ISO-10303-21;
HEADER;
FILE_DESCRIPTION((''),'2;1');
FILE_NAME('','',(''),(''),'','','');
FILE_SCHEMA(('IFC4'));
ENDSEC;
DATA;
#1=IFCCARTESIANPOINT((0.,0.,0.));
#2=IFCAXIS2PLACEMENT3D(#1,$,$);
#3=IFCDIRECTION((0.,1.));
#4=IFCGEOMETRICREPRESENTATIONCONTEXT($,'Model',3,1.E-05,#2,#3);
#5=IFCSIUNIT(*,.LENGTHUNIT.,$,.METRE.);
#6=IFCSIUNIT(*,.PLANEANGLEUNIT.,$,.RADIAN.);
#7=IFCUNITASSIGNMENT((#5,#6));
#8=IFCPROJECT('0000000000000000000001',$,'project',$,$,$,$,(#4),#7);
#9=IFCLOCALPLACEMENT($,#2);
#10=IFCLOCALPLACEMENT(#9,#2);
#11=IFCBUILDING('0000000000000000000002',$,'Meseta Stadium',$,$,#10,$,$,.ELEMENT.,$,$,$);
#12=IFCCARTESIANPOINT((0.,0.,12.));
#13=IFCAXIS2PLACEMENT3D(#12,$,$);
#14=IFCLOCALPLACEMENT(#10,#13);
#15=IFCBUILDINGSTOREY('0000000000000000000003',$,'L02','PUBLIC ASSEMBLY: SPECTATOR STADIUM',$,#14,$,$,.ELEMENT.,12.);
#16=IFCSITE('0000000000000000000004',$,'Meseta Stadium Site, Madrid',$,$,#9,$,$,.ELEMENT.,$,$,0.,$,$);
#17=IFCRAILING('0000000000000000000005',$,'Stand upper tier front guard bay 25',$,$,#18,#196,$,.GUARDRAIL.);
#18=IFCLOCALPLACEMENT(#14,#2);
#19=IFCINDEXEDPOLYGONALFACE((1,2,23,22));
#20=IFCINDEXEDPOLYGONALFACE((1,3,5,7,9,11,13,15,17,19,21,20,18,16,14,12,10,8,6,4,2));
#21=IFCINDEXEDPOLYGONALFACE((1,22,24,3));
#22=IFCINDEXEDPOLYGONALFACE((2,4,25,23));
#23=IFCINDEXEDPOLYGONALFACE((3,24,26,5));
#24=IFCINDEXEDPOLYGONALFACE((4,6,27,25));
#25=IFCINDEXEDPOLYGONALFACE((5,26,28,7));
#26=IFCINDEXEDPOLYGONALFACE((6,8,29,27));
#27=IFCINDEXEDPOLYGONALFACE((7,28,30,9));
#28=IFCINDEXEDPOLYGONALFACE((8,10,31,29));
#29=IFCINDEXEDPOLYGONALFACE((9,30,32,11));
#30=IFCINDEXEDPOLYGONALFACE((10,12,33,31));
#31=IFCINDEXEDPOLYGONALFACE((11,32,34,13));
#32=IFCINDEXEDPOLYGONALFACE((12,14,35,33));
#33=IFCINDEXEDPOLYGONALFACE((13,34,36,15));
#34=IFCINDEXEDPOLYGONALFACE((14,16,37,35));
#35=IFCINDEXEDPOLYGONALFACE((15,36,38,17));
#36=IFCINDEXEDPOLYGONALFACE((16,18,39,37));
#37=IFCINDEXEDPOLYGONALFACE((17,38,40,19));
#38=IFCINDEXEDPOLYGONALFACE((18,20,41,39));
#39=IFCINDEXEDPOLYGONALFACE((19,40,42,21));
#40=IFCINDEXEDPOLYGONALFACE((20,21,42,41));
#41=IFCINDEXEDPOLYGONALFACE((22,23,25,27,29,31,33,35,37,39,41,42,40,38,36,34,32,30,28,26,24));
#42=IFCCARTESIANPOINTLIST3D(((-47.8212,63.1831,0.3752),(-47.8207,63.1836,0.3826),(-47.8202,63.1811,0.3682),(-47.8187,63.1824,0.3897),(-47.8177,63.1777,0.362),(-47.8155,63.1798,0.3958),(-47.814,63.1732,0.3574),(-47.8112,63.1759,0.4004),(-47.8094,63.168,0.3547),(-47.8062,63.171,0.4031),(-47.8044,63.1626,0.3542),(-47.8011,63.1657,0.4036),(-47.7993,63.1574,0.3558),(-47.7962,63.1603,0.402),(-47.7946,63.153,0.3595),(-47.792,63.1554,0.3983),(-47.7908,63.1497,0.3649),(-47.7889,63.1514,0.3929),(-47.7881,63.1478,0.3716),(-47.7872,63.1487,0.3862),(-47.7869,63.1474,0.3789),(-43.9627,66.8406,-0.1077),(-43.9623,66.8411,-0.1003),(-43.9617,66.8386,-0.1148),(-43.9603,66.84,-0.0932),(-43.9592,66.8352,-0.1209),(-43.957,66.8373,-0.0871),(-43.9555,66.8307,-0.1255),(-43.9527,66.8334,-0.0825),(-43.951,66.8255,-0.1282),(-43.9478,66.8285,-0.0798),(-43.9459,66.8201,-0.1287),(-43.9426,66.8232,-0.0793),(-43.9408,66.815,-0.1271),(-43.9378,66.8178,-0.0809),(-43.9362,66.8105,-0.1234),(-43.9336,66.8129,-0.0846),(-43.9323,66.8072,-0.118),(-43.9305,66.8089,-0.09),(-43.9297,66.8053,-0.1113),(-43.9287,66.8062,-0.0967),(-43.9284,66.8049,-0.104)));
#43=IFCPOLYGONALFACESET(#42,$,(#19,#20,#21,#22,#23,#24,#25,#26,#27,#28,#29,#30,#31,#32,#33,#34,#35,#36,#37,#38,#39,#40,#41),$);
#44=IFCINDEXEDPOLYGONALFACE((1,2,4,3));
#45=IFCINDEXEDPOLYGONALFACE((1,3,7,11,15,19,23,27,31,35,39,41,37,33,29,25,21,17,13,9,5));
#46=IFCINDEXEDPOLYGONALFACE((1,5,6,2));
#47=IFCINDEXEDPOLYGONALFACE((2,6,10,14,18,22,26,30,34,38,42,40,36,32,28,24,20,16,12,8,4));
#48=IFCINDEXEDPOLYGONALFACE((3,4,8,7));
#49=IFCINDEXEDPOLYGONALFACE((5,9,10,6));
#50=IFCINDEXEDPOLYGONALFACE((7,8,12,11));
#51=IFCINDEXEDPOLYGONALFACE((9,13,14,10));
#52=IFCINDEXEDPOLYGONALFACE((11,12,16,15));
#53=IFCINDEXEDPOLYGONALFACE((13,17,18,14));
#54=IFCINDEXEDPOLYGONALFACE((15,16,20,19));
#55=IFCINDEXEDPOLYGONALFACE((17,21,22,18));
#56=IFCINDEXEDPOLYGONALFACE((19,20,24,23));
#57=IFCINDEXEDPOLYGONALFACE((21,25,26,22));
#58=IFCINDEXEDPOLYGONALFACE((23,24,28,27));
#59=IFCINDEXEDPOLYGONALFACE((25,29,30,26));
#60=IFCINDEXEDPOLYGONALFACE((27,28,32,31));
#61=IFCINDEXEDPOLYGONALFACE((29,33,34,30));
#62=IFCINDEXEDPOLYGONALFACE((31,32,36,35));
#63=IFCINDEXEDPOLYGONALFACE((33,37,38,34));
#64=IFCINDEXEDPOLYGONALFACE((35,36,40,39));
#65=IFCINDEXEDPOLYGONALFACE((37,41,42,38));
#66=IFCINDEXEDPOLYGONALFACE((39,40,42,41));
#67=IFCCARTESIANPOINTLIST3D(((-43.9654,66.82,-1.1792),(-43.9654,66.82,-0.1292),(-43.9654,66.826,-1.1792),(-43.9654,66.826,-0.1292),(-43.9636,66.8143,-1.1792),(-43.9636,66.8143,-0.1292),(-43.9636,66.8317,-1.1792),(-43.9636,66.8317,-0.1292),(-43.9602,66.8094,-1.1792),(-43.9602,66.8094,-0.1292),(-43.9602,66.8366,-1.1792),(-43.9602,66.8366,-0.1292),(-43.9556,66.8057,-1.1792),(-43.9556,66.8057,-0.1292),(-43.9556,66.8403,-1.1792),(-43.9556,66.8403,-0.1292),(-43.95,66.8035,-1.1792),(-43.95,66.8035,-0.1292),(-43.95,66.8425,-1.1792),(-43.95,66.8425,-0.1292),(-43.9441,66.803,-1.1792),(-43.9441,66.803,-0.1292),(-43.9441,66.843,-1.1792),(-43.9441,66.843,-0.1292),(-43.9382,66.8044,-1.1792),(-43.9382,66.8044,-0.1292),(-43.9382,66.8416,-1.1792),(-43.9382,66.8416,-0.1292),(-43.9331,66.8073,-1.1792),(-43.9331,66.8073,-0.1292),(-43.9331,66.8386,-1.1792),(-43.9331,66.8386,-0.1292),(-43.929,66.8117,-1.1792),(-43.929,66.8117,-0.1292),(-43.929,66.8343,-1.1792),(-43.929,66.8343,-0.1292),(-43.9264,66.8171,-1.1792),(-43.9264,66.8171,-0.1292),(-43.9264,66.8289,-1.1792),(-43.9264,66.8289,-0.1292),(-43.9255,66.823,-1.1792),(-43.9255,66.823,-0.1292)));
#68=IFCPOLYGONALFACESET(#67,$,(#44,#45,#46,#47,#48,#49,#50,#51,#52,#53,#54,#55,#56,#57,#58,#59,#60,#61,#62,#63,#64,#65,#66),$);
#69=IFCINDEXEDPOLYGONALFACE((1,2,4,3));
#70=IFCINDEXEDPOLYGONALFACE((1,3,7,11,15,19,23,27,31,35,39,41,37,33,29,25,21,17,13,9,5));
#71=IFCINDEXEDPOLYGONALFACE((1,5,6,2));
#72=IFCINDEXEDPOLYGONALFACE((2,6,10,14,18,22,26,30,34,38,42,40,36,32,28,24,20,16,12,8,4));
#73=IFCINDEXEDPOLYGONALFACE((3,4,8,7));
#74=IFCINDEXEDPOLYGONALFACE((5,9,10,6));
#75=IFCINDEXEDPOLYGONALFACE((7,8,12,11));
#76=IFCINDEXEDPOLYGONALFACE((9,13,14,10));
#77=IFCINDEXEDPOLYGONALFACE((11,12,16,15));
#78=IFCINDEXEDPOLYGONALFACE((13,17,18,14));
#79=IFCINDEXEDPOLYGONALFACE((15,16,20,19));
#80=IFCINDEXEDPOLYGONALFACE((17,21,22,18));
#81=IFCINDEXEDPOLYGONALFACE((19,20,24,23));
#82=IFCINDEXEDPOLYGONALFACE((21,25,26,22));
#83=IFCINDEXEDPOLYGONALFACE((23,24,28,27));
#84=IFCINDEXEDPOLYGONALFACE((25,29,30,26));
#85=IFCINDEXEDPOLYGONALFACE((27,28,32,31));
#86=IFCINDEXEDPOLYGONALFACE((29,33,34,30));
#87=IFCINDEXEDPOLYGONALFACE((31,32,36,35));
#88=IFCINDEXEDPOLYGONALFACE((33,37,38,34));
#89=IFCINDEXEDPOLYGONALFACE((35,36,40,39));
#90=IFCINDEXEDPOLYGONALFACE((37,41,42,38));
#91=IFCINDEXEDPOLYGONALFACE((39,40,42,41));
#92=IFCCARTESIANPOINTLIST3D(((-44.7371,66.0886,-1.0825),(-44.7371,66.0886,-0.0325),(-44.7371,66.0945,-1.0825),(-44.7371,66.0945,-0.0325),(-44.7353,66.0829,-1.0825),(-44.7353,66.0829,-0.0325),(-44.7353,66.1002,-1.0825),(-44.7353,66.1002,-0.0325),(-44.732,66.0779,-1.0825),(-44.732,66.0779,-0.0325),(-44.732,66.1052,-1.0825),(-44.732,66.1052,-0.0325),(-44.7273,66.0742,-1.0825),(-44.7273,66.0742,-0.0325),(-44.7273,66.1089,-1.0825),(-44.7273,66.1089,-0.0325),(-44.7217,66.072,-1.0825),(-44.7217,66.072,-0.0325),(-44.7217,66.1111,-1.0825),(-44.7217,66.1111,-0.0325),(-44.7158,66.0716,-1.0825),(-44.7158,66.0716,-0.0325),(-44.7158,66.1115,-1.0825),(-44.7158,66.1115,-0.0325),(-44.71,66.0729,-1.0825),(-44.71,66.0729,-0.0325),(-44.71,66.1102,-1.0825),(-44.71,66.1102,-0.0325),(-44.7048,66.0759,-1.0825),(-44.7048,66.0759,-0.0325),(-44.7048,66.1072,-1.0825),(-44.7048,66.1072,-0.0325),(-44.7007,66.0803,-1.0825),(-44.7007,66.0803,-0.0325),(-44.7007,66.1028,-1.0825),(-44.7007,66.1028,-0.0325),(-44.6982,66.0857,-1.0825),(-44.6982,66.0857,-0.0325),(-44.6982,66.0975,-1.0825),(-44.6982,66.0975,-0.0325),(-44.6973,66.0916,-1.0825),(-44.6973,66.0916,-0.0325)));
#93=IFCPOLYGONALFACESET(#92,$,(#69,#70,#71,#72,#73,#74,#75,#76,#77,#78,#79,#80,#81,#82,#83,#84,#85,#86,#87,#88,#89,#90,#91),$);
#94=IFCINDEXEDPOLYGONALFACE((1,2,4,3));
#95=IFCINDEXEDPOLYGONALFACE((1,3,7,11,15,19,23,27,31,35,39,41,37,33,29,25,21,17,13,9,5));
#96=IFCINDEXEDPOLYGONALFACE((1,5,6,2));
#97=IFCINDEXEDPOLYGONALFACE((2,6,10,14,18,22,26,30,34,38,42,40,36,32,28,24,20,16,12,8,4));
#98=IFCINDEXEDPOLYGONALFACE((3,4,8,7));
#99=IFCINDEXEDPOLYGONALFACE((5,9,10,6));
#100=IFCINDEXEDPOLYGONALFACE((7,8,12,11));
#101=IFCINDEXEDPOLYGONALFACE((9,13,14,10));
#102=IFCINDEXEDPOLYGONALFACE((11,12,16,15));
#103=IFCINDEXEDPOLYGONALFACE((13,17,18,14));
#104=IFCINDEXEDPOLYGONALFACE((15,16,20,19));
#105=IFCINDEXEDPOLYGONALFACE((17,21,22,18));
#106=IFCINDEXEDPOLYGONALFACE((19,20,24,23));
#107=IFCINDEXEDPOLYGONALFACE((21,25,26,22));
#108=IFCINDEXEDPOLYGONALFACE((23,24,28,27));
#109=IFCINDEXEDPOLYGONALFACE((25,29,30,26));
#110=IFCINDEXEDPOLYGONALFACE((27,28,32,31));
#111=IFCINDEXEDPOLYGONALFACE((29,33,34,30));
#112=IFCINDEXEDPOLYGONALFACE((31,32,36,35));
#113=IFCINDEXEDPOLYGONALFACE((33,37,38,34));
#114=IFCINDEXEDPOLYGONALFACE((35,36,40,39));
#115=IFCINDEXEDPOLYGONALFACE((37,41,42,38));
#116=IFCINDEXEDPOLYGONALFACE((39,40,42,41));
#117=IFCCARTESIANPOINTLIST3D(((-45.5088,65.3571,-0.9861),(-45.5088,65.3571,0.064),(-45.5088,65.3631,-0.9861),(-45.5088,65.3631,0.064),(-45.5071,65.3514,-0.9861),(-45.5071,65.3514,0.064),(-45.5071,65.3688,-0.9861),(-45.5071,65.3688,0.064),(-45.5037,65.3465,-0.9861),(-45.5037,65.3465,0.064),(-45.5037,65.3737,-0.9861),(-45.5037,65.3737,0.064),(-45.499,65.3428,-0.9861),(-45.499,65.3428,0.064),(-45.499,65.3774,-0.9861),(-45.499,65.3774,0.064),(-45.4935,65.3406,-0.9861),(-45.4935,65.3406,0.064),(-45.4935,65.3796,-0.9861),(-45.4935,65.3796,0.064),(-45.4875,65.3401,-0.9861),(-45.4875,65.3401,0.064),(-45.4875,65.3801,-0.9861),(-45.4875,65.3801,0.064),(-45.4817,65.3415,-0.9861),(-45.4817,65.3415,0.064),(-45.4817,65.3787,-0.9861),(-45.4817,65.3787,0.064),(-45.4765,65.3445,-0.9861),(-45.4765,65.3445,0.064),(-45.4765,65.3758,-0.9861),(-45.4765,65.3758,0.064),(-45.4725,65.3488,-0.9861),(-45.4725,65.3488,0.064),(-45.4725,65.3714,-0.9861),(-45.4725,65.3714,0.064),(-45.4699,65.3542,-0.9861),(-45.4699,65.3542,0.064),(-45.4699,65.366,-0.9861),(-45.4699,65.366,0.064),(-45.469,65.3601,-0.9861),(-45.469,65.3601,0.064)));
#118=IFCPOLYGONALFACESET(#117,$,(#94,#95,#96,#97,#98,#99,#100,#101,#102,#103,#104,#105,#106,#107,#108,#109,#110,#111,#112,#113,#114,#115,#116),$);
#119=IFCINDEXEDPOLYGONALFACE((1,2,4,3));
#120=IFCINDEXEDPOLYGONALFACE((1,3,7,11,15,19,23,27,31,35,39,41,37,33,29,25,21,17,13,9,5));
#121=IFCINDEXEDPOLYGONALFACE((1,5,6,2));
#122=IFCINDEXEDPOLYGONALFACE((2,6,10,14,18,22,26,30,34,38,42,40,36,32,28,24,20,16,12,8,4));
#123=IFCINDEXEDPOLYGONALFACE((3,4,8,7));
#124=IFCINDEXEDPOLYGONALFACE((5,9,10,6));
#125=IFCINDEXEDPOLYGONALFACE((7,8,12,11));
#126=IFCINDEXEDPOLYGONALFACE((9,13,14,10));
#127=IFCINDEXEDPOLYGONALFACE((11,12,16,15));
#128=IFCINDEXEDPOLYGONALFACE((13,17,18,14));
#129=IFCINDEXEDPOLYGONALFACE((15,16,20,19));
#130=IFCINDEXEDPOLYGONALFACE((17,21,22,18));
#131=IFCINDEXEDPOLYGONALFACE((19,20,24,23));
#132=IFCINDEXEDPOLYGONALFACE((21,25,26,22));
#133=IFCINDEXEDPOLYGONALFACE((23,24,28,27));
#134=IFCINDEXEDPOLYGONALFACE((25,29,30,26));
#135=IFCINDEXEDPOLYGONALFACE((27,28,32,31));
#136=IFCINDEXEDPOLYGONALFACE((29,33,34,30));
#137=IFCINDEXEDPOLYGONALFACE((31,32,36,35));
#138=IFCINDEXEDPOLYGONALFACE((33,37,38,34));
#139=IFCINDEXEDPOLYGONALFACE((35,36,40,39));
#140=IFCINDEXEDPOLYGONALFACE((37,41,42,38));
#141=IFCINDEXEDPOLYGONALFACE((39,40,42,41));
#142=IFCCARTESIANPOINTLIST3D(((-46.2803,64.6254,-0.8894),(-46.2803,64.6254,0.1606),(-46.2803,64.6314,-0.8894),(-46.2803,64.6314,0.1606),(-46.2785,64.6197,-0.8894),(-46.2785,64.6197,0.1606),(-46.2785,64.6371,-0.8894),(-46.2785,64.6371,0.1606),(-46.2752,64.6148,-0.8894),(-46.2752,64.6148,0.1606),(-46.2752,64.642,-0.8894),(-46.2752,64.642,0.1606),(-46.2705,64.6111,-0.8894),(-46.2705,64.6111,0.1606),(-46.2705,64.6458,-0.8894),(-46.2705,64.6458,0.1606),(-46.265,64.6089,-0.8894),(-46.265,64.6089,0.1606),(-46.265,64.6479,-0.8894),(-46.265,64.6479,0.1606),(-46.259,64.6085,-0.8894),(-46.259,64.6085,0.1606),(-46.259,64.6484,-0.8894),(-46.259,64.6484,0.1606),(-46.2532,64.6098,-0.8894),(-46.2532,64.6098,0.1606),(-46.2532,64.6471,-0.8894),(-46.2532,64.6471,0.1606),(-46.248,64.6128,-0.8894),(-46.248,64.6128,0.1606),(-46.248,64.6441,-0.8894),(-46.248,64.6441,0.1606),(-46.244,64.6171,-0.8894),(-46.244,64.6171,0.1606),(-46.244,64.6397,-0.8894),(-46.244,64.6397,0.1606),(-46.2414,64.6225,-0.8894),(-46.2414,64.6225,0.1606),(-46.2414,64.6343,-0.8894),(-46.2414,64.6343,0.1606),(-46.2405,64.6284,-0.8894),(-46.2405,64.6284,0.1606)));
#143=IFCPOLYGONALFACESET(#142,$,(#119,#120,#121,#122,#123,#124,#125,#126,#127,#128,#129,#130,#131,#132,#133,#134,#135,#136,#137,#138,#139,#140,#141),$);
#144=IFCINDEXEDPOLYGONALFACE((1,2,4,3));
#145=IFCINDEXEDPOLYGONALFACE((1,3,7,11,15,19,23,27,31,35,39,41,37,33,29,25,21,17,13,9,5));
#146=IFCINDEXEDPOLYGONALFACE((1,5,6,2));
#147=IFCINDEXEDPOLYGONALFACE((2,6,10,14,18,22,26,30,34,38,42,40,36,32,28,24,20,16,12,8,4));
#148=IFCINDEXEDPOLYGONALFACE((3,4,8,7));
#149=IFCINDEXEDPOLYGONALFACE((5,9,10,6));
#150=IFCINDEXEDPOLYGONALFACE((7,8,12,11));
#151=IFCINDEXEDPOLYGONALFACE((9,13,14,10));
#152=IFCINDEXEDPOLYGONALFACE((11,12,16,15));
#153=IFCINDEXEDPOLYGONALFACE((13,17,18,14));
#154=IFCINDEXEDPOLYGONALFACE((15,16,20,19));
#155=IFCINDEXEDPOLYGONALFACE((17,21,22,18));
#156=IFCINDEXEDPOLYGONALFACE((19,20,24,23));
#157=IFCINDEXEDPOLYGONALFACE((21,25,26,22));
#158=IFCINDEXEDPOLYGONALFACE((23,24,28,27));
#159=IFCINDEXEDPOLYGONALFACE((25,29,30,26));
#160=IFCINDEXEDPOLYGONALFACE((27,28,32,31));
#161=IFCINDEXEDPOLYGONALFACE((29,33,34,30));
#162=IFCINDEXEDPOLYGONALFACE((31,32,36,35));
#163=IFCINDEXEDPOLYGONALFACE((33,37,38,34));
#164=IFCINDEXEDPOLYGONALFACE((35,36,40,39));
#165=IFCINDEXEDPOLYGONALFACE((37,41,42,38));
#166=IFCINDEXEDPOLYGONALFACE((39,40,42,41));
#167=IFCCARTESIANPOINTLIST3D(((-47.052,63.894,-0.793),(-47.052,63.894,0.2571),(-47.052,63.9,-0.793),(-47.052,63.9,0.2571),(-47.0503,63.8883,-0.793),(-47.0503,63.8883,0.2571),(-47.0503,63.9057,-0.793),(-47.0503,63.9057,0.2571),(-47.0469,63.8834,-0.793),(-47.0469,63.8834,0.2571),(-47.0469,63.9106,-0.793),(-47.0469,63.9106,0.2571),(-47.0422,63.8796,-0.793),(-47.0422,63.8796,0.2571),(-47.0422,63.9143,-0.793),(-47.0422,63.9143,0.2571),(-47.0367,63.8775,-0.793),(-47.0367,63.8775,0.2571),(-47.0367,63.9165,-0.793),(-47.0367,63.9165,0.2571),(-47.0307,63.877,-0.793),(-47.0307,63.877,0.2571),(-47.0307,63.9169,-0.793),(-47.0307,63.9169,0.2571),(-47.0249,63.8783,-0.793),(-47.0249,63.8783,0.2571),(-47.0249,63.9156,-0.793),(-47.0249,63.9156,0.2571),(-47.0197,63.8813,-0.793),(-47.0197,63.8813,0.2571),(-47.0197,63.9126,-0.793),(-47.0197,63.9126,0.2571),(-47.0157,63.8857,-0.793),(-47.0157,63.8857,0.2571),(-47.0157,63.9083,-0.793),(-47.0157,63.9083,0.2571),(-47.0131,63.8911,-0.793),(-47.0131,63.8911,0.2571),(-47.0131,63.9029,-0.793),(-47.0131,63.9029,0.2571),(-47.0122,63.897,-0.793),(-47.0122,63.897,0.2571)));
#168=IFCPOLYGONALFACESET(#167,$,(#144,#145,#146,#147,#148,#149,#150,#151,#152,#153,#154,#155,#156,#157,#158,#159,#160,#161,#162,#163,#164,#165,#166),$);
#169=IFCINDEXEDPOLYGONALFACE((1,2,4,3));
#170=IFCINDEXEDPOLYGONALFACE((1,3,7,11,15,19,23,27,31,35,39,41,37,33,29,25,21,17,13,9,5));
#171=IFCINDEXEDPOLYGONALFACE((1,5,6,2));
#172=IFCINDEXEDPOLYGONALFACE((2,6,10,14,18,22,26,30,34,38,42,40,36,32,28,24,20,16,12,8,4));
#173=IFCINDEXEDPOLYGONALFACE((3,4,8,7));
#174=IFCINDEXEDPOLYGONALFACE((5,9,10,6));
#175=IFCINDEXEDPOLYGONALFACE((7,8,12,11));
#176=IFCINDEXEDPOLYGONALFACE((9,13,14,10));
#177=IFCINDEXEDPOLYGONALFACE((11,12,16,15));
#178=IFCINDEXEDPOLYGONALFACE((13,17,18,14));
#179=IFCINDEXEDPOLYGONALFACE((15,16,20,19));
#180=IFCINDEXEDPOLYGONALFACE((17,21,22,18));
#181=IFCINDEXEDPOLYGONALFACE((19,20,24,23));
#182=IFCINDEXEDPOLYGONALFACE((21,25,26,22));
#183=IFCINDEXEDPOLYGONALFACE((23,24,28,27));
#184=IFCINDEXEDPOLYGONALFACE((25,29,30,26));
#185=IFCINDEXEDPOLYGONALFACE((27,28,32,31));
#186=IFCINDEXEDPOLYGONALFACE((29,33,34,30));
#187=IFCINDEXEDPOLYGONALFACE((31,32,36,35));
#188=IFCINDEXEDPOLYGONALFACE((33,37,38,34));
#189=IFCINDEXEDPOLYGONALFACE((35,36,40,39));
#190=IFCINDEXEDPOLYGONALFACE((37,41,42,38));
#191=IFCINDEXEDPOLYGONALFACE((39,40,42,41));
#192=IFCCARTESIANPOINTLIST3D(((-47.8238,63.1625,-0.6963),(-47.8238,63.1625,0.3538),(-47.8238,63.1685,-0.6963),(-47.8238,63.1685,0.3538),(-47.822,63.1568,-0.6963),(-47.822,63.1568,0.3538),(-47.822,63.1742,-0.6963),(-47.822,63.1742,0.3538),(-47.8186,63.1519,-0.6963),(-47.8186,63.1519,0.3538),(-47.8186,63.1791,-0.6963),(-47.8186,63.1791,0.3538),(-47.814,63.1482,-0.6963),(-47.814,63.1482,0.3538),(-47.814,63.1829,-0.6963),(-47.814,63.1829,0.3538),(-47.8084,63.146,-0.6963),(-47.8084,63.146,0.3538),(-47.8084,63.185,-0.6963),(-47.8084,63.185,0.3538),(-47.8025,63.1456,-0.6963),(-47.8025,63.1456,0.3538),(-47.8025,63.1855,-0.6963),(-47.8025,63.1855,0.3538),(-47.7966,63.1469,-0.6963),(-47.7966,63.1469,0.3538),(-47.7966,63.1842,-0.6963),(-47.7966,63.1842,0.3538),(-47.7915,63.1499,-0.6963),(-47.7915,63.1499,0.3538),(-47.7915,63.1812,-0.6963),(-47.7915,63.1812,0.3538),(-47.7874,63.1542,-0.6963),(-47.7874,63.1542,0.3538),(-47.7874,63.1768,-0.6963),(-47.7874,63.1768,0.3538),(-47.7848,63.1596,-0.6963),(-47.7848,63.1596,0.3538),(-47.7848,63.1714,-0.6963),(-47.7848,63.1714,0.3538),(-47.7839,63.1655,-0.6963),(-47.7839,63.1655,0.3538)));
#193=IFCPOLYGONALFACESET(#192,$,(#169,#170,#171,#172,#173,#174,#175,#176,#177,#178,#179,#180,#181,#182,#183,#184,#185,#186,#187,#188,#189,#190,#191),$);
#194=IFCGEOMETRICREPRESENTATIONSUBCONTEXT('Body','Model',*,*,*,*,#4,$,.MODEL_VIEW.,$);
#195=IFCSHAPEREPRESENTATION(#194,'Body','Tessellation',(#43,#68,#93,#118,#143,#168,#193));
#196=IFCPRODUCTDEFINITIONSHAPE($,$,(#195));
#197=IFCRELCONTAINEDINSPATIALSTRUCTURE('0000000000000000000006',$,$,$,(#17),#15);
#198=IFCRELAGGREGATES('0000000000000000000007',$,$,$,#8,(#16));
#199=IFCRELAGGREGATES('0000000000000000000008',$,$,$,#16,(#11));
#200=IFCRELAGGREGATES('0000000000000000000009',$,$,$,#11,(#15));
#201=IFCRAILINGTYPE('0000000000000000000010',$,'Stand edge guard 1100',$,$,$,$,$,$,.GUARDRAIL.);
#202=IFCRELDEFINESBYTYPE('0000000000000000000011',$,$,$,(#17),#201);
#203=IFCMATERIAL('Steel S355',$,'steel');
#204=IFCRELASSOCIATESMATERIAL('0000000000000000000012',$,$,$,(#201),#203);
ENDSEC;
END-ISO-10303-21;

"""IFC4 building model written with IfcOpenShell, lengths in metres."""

from ifc_helpers import new_model, si_unit, direction, frame, origin, origin_2d, place, context, subcontext, project, spatial, circle, extrude, material, type_object, element, save


model = new_model("IFC4")

# Units and contexts
model_context = context("Model", 3, precision=1e-05, world=origin(), true_north=direction((0.0, 1.0)))
body_context = subcontext(model_context, "Body", "Model", "MODEL_VIEW")
ifc_project = project(units=[si_unit("LENGTHUNIT", "METRE"), si_unit("PLANEANGLEUNIT", "RADIAN")], contexts=[model_context])

# Site, building, storey
site_placement = place(None, origin())
site = spatial("IfcSite", under=ifc_project, at=site_placement, Name="Meseta Stadium Site, Madrid", CompositionType="ELEMENT", RefElevation=0.0)
building_placement = place(site_placement, origin())
building = spatial("IfcBuilding", under=site, at=building_placement, Name="Meseta Stadium", CompositionType="ELEMENT")
storey_placement = place(building_placement, frame((0.0, 0.0, 12.0)))
storey = spatial("IfcBuildingStorey", under=building, at=storey_placement, Name="L02", Description="PUBLIC ASSEMBLY: SPECTATOR STADIUM", CompositionType="ELEMENT", Elevation=12.0)

# Railing
ifc_material_1 = material(Name="Steel S355", Category="steel")
railing_type = type_object("IfcRailingType", Name="Stand edge guard 1100", PredefinedType="GUARDRAIL", material=ifc_material_1)
railing_1_placement = place(storey_placement, frame((-43.9456, 66.823, -1.1792)))
element("IfcRailing", 1, at=railing_1_placement, inside=storey, type_object=railing_type, Name="Stand upper tier front guard bay 25", PredefinedType="GUARDRAIL", context=body_context, shape_type="SweptSolid", body=[
    extrude(circle(Radius=0.0249, at=origin_2d()), frame((0.0, 0.0, 1.0752), z_axis=(-0.722776, -0.685137, 0.090461), x_axis=(0.687957, -0.725751, 0.0)), (0.0, 0.0, 1.0), 5.3384),
    extrude(circle(Radius=0.02, at=origin_2d()), origin(), (0.0, 0.0, 1.0), 1.05),
    extrude(circle(Radius=0.02, at=origin_2d()), frame((-0.7717, -0.7314, 0.0967)), (0.0, 0.0, 1.0), 1.05),
    extrude(circle(Radius=0.02, at=origin_2d()), frame((-1.5435, -1.4629, 0.1931)), (0.0, 0.0, 1.0), 1.05),
    extrude(circle(Radius=0.02, at=origin_2d()), frame((-2.3149, -2.1946, 0.2898)), (0.0, 0.0, 1.0), 1.05),
    extrude(circle(Radius=0.02, at=origin_2d()), frame((-3.0867, -2.926, 0.3862)), (0.0, 0.0, 1.0), 1.05),
    extrude(circle(Radius=0.02, at=origin_2d()), frame((-3.8584, -3.6575, 0.4829)), (0.0, 0.0, 1.0), 1.05),
])

save(model, "model.ifc")
